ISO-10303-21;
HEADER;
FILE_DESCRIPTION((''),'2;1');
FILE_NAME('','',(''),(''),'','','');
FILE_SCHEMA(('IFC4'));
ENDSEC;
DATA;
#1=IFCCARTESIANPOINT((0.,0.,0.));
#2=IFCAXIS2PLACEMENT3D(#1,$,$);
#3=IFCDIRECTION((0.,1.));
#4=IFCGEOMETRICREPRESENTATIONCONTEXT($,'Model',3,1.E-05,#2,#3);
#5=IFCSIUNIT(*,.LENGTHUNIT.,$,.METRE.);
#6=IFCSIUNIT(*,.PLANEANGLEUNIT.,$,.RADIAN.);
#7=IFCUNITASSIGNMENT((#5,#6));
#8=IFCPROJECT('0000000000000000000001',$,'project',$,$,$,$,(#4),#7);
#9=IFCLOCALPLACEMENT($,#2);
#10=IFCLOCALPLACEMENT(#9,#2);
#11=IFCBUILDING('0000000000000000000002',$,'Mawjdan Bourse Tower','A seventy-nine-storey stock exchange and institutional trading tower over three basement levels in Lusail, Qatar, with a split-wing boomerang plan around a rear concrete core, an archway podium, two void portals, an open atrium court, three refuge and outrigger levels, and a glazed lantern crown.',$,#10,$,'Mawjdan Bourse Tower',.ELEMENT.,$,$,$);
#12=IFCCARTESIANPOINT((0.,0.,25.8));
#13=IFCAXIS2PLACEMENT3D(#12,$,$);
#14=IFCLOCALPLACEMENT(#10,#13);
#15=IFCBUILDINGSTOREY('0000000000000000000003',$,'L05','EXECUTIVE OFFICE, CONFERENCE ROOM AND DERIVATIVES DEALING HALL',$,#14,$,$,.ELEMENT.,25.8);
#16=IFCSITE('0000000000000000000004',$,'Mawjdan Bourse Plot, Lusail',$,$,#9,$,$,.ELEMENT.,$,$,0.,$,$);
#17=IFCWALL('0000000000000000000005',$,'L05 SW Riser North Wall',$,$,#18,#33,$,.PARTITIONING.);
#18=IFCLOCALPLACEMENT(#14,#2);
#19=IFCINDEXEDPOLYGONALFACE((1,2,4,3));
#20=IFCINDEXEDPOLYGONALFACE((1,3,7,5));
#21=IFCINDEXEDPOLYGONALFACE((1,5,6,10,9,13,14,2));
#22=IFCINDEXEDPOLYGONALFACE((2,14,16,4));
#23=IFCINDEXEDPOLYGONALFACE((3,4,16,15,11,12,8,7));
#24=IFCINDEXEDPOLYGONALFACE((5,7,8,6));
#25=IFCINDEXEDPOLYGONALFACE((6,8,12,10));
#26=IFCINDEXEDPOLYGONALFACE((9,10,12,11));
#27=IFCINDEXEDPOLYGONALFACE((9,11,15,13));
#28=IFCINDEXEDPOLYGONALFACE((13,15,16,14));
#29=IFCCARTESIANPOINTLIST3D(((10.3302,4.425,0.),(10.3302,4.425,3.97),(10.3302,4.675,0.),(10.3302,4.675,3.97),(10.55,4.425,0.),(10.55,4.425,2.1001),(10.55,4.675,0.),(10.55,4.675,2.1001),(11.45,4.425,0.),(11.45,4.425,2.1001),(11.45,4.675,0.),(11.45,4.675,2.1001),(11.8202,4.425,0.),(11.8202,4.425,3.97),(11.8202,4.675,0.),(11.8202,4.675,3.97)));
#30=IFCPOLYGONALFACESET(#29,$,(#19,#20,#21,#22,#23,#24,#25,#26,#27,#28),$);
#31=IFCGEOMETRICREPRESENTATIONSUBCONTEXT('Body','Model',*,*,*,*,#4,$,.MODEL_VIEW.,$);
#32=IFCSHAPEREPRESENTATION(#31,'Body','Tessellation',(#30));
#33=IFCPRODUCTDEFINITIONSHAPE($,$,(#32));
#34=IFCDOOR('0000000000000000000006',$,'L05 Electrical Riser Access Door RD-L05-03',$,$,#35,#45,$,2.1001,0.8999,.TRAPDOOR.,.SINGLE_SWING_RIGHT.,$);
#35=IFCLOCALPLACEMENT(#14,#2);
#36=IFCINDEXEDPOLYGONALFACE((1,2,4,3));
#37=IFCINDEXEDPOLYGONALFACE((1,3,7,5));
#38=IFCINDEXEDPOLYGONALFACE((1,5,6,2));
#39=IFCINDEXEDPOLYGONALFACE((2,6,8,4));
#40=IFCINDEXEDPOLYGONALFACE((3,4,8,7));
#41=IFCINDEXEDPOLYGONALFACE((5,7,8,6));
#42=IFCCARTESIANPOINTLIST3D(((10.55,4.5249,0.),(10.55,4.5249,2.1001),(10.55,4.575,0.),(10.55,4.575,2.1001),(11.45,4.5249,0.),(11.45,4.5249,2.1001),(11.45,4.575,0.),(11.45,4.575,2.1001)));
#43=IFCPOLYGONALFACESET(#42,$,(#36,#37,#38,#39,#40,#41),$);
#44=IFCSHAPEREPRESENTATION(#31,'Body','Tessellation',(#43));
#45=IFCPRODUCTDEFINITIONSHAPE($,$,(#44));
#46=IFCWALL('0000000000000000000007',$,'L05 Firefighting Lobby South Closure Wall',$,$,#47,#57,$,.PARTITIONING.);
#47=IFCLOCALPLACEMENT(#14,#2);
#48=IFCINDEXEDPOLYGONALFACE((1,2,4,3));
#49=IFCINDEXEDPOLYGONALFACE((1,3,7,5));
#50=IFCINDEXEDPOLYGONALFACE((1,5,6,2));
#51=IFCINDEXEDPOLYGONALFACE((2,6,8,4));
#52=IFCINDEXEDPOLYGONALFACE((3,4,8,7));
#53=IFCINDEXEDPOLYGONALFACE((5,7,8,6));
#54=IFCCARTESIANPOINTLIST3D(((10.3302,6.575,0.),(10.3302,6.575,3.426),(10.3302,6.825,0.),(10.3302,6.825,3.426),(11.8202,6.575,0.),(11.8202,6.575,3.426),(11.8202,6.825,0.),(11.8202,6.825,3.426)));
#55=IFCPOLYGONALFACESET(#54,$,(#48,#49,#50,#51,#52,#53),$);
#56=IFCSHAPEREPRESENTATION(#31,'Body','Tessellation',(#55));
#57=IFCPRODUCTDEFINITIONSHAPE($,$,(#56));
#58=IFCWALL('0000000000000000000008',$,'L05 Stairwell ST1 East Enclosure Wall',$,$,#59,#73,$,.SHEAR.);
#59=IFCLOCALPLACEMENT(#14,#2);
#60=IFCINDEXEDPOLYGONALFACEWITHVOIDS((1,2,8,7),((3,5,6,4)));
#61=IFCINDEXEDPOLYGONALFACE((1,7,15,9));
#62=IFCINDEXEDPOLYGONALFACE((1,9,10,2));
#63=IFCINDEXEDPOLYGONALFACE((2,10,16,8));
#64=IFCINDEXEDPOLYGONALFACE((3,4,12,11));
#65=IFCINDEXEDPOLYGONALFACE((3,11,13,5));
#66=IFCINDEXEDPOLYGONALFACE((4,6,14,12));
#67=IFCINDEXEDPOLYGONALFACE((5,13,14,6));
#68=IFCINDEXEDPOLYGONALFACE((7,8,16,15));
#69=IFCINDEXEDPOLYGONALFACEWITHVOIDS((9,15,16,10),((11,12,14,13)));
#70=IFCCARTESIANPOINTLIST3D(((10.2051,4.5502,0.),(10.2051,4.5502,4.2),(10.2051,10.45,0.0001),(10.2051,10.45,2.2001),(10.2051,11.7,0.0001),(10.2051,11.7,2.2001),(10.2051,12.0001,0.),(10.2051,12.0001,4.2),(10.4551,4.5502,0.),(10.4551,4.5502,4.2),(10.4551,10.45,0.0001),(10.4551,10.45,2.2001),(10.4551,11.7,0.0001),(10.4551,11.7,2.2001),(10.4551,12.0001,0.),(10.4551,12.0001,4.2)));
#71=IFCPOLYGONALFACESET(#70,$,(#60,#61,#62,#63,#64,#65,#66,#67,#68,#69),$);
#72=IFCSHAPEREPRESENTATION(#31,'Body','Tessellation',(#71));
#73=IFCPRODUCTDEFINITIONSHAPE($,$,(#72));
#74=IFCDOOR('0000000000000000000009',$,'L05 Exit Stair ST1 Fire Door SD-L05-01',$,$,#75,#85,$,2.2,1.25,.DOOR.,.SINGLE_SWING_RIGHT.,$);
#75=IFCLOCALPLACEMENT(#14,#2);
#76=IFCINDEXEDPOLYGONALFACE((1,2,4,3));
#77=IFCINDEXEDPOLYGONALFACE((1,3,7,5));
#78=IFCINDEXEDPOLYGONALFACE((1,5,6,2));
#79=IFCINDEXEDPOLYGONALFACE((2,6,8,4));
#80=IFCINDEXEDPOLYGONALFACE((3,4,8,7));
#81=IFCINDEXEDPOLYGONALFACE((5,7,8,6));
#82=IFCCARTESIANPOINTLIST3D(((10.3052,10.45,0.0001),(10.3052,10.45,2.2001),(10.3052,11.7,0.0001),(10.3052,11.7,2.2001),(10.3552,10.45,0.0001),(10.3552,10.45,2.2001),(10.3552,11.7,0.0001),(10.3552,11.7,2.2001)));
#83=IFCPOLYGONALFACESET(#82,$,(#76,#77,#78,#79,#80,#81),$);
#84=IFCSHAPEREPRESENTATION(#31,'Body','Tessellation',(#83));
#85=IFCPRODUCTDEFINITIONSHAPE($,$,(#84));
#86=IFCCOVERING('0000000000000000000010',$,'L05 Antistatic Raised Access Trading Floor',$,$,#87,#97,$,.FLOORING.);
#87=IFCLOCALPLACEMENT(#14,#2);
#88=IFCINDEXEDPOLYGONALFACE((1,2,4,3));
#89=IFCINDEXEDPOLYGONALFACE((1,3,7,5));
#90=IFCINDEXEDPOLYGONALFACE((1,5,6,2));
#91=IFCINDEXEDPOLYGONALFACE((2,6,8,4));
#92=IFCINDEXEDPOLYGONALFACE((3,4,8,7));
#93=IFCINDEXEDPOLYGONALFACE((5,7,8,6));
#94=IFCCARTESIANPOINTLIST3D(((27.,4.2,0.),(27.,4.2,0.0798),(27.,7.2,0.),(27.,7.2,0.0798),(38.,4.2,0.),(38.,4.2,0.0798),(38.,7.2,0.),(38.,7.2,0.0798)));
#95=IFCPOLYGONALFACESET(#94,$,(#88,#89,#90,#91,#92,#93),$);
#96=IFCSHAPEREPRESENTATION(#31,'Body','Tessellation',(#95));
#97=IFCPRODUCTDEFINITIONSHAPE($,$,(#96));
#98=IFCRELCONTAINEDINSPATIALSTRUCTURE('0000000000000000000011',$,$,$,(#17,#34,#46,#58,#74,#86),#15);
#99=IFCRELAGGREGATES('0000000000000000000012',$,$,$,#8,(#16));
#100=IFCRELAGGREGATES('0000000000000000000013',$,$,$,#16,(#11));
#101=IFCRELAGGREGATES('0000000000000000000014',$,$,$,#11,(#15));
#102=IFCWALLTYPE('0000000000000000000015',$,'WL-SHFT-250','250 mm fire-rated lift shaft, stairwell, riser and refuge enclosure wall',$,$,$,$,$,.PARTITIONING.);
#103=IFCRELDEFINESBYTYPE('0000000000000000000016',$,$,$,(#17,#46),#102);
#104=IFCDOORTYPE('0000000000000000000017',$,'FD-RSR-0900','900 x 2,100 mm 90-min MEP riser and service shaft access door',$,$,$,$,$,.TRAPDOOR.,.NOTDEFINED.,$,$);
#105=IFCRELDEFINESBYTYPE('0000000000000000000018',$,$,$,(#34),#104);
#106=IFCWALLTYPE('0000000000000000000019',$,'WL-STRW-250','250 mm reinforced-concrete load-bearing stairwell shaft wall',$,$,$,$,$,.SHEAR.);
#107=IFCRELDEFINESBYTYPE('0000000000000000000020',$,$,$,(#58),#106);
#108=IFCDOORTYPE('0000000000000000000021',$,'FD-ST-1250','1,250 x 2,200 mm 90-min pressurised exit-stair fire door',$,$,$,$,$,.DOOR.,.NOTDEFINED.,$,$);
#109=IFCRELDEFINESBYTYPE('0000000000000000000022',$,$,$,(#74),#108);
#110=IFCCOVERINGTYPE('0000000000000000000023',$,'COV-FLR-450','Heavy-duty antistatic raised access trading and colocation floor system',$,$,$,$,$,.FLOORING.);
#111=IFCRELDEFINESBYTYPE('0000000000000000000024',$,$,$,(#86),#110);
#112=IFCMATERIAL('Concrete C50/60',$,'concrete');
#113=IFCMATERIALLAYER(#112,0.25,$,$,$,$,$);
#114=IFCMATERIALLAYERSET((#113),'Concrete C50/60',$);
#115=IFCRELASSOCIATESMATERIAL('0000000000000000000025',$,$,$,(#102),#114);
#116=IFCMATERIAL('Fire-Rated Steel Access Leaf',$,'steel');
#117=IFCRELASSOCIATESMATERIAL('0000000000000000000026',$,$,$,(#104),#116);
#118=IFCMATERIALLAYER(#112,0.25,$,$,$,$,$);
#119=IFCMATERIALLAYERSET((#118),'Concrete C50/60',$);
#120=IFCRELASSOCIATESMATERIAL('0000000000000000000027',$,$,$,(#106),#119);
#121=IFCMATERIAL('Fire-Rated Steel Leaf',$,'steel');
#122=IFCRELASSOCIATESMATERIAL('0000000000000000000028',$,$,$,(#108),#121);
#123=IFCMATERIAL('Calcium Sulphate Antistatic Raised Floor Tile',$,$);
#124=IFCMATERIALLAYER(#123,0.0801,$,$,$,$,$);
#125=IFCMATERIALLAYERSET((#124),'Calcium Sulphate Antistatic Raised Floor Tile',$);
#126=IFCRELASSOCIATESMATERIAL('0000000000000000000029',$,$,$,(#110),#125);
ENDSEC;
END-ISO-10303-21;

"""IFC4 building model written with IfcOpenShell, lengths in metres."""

from ifc_helpers import new_model, si_unit, direction, frame, frame_2d, origin, place, context, subcontext, project, spatial, polyline, rectangle, outline, extrude, material, layer, layer_set, type_object, element, fill, save


model = new_model("IFC4")

# Units and contexts
model_context = context("Model", 3, precision=1e-05, world=origin(), true_north=direction((0.0, 1.0)))
body_context = subcontext(model_context, "Body", "Model", "MODEL_VIEW")
ifc_project = project(units=[si_unit("LENGTHUNIT", "METRE"), si_unit("PLANEANGLEUNIT", "RADIAN")], contexts=[model_context])

# Site, building, storey
site_placement = place(None, origin())
site = spatial("IfcSite", under=ifc_project, at=site_placement, Name="Mawjdan Bourse Plot, Lusail", CompositionType="ELEMENT", RefElevation=0.0)
building_placement = place(site_placement, origin())
building = spatial("IfcBuilding", under=site, at=building_placement, Name="Mawjdan Bourse Tower", Description="A seventy-nine-storey stock exchange and institutional trading tower over three basement levels in Lusail, Qatar, with a split-wing boomerang plan around a rear concrete core, an archway podium, two void portals, an open atrium court, three refuge and outrigger levels, and a glazed lantern crown.", LongName="Mawjdan Bourse Tower", CompositionType="ELEMENT")
storey_placement = place(building_placement, frame((0.0, 0.0, 25.8)))
storey = spatial("IfcBuildingStorey", under=building, at=storey_placement, Name="L05", Description="EXECUTIVE OFFICE, CONFERENCE ROOM AND DERIVATIVES DEALING HALL", CompositionType="ELEMENT", Elevation=25.8)

# Shared definitions
ifc_material_1 = material(Name="Concrete C50/60", Category="concrete")

# Wall, opening, door
ifc_layer_1 = layer(ifc_material_1, 0.25)
ifc_layer_set_1 = layer_set([ifc_layer_1], Name="Concrete C50/60")
wall_type_1 = type_object("IfcWallType", Name="WL-SHFT-250", Description="250 mm fire-rated lift shaft, stairwell, riser and refuge enclosure wall", PredefinedType="PARTITIONING", material=ifc_layer_set_1)
wall_1_placement = place(storey_placement, frame((10.3301, 4.55, 0.0), z_axis=(0.0, 0.0, 1.0), x_axis=(1.0, 0.0, 0.0)))
wall_1 = element("IfcWall", 1, at=wall_1_placement, inside=storey, type_object=wall_type_1, Name="L05 SW Riser North Wall", PredefinedType="PARTITIONING", context=body_context, shape_type="SweptSolid", body=[
    extrude(rectangle(XDim=1.49, YDim=0.25, at=frame_2d((0.7451, 0.0))), origin(), (0.0, 0.0, 1.0), 3.97),
])
opening_1_placement = place(wall_1_placement, frame((0.22, 0.0, 0.0)))
opening_1 = element("IfcOpeningElement", 2, at=opening_1_placement, cuts=wall_1, PredefinedType="OPENING", context=body_context, shape_type="SweptSolid", body=[
    extrude(rectangle(XDim=0.8999, YDim=2.1001, at=frame_2d((0.45, 1.05))), frame((0.0, 0.135, 0.0), z_axis=(0.0, -1.0, 0.0), x_axis=(1.0, 0.0, 0.0)), (0.0, 0.0, 1.0), 0.27),
])
ifc_material_2 = material(Name="Fire-Rated Steel Access Leaf", Category="steel")
door_type_1 = type_object("IfcDoorType", Name="FD-RSR-0900", Description="900 x 2,100 mm 90-min MEP riser and service shaft access door", OperationType="NOTDEFINED", PredefinedType="TRAPDOOR", material=ifc_material_2)
door_1_placement = place(opening_1_placement, origin())
door_1 = element("IfcDoor", 3, at=door_1_placement, inside=storey, type_object=door_type_1, Name="L05 Electrical Riser Access Door RD-L05-03", OperationType="SINGLE_SWING_RIGHT", OverallHeight=2.1001, OverallWidth=0.8999, PredefinedType="TRAPDOOR", context=body_context, shape_type="SweptSolid", body=[
    extrude(rectangle(XDim=0.8999, YDim=2.1001, at=frame_2d((0.45, 1.05))), frame((0.0, 0.0249, 0.0), z_axis=(0.0, -1.0, 0.0), x_axis=(1.0, 0.0, 0.0)), (0.0, 0.0, 1.0), 0.05),
])
fill(opening_1, door_1)

# Wall
wall_2_placement = place(storey_placement, frame((10.3301, 6.7, 0.0), z_axis=(0.0, 0.0, 1.0), x_axis=(1.0, 0.0, 0.0)))
element("IfcWall", 4, at=wall_2_placement, inside=storey, type_object=wall_type_1, Name="L05 Firefighting Lobby South Closure Wall", PredefinedType="PARTITIONING", context=body_context, shape_type="SweptSolid", body=[
    extrude(rectangle(XDim=1.49, YDim=0.25, at=frame_2d((0.7451, 0.0))), origin(), (0.0, 0.0, 1.0), 3.426),
])
ifc_layer_2 = layer(ifc_material_1, 0.25)
ifc_layer_set_2 = layer_set([ifc_layer_2], Name="Concrete C50/60")
wall_type_2 = type_object("IfcWallType", Name="WL-STRW-250", Description="250 mm reinforced-concrete load-bearing stairwell shaft wall", PredefinedType="SHEAR", material=ifc_layer_set_2)

# Wall, opening, door
wall_3_placement = place(storey_placement, frame((10.3301, 4.55, 0.0), z_axis=(0.0, 0.0, 1.0), x_axis=(0.0, 1.0, 0.0)))
wall_3 = element("IfcWall", 5, at=wall_3_placement, inside=storey, type_object=wall_type_2, Name="L05 Stairwell ST1 East Enclosure Wall", PredefinedType="SHEAR", context=body_context, shape_type="SweptSolid", body=[
    extrude(rectangle(XDim=7.45, YDim=0.25, at=frame_2d((3.7251, 0.0))), origin(), (0.0, 0.0, 1.0), 4.2),
])
opening_2_placement = place(wall_3_placement, frame((5.8999, 0.0, 0.0)))
opening_2 = element("IfcOpeningElement", 6, at=opening_2_placement, cuts=wall_3, PredefinedType="OPENING", context=body_context, shape_type="SweptSolid", body=[
    extrude(rectangle(XDim=1.25, YDim=2.2, at=frame_2d((0.625, 1.1001))), frame((0.0, 0.135, 0.0), z_axis=(0.0, -1.0, 0.0), x_axis=(1.0, 0.0, 0.0)), (0.0, 0.0, 1.0), 0.27),
])
ifc_material_3 = material(Name="Fire-Rated Steel Leaf", Category="steel")
door_type_2 = type_object("IfcDoorType", Name="FD-ST-1250", Description="1,250 x 2,200 mm 90-min pressurised exit-stair fire door", OperationType="NOTDEFINED", PredefinedType="DOOR", material=ifc_material_3)
door_2_placement = place(opening_2_placement, origin())
door_2 = element("IfcDoor", 7, at=door_2_placement, inside=storey, type_object=door_type_2, Name="L05 Exit Stair ST1 Fire Door SD-L05-01", OperationType="SINGLE_SWING_RIGHT", OverallHeight=2.2, OverallWidth=1.25, PredefinedType="DOOR", context=body_context, shape_type="SweptSolid", body=[
    extrude(rectangle(XDim=1.25, YDim=2.2, at=frame_2d((0.625, 1.1001))), frame((0.0, 0.0249, 0.0), z_axis=(0.0, -1.0, 0.0), x_axis=(1.0, 0.0, 0.0)), (0.0, 0.0, 1.0), 0.05),
])
fill(opening_2, door_2)

# Covering
ifc_material_4 = material(Name="Calcium Sulphate Antistatic Raised Floor Tile")
ifc_layer_3 = layer(ifc_material_4, 0.0801)
ifc_layer_set_3 = layer_set([ifc_layer_3], Name="Calcium Sulphate Antistatic Raised Floor Tile")
covering_type = type_object("IfcCoveringType", Name="COV-FLR-450", Description="Heavy-duty antistatic raised access trading and colocation floor system", PredefinedType="FLOORING", material=ifc_layer_set_3)
covering_placement = place(storey_placement, origin())
element("IfcCovering", 8, at=covering_placement, inside=storey, type_object=covering_type, Name="L05 Antistatic Raised Access Trading Floor", PredefinedType="FLOORING", context=body_context, shape_type="SweptSolid", body=[
    extrude(outline(polyline([(27.0, 4.2), (38.0, 4.2), (38.0, 7.2), (27.0, 7.2), (27.0, 4.2)])), origin(), (0.0, 0.0, 1.0), 0.0798),
])

save(model, "model.ifc")
